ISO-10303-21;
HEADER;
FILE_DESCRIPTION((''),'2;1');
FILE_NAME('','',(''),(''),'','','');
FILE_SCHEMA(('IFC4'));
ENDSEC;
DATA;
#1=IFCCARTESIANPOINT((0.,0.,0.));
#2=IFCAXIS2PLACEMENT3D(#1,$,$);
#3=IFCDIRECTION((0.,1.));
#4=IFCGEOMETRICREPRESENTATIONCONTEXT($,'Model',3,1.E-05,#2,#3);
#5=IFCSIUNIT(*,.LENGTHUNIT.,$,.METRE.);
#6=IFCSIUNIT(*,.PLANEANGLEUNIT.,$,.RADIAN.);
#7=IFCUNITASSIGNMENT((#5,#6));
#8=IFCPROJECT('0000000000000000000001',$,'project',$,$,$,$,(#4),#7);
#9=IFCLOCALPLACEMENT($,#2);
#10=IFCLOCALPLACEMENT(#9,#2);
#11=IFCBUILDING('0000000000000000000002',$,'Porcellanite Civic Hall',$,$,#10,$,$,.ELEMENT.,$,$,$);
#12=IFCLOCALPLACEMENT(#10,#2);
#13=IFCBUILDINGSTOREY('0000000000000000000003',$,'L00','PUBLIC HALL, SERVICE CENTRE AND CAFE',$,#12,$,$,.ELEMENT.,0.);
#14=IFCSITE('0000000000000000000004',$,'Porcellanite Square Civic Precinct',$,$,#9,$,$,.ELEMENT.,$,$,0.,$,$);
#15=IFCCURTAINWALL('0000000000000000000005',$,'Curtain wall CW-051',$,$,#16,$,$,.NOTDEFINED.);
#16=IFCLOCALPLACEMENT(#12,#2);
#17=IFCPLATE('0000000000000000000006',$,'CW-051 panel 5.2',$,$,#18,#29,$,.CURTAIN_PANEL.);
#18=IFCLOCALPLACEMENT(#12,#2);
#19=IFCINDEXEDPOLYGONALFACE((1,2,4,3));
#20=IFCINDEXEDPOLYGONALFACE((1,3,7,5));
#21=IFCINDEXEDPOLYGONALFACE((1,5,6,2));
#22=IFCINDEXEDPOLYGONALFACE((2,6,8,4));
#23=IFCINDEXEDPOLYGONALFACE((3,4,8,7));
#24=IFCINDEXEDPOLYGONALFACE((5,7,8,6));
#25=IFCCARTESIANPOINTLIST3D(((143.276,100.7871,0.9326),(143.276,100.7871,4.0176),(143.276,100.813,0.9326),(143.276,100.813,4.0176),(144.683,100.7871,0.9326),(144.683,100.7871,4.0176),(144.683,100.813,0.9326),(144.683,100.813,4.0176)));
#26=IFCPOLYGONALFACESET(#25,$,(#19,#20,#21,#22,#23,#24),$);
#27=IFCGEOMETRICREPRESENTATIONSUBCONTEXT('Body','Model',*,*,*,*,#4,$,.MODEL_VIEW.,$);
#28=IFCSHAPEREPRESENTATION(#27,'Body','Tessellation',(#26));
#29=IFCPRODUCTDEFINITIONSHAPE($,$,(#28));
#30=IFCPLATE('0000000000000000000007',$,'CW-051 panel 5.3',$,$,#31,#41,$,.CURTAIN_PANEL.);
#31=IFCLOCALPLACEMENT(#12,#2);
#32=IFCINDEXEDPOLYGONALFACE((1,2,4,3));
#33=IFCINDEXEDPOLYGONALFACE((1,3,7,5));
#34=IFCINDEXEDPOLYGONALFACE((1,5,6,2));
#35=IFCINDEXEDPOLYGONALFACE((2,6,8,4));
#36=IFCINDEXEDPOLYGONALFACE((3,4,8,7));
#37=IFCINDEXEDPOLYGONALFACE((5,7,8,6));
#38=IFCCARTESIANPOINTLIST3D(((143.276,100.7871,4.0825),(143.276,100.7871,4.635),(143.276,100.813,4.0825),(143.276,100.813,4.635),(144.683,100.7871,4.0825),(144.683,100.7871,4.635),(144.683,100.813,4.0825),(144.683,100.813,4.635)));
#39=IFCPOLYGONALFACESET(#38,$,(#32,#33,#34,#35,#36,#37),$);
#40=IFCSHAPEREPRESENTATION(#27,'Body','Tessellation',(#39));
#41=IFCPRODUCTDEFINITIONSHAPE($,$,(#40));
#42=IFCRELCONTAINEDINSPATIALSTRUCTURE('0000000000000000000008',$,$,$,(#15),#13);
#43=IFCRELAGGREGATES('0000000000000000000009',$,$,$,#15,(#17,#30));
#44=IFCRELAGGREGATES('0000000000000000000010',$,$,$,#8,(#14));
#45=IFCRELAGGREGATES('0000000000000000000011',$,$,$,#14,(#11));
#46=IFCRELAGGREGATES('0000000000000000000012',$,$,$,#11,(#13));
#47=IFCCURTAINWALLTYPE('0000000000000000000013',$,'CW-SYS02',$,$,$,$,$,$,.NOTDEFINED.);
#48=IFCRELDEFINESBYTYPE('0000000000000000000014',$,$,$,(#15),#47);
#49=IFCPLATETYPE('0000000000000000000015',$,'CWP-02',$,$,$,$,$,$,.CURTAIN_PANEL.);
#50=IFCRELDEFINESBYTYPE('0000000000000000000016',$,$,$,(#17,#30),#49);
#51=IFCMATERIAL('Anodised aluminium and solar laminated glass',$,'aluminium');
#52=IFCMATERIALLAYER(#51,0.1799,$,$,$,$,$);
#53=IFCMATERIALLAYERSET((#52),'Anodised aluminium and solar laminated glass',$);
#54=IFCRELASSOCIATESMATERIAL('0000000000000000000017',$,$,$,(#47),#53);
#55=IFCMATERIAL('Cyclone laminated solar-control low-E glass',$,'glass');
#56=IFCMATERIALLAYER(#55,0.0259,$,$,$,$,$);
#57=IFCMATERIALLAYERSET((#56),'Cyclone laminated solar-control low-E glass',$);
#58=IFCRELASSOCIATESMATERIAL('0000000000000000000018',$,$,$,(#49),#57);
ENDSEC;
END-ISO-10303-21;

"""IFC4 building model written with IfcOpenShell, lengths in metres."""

from ifc_helpers import new_model, si_unit, direction, frame, origin, origin_2d, place, context, subcontext, project, spatial, rectangle, extrude, material, layer, layer_set, type_object, element, aggregate, save


model = new_model("IFC4")

# Units and contexts
model_context = context("Model", 3, precision=1e-05, world=origin(), true_north=direction((0.0, 1.0)))
body_context = subcontext(model_context, "Body", "Model", "MODEL_VIEW")
ifc_project = project(units=[si_unit("LENGTHUNIT", "METRE"), si_unit("PLANEANGLEUNIT", "RADIAN")], contexts=[model_context])

# Site, building, storey
site_placement = place(None, origin())
site = spatial("IfcSite", under=ifc_project, at=site_placement, Name="Porcellanite Square Civic Precinct", CompositionType="ELEMENT", RefElevation=0.0)
building_placement = place(site_placement, origin())
building = spatial("IfcBuilding", under=site, at=building_placement, Name="Porcellanite Civic Hall", CompositionType="ELEMENT")
storey_placement = place(building_placement, origin())
storey = spatial("IfcBuildingStorey", under=building, at=storey_placement, Name="L00", Description="PUBLIC HALL, SERVICE CENTRE AND CAFE", CompositionType="ELEMENT", Elevation=0.0)

# Curtain wall, plates
ifc_material_1 = material(Name="Anodised aluminium and solar laminated glass", Category="aluminium")
ifc_layer_1 = layer(ifc_material_1, 0.1799)
ifc_layer_set_1 = layer_set([ifc_layer_1], Name="Anodised aluminium and solar laminated glass")
curtain_wall_type = type_object("IfcCurtainWallType", Name="CW-SYS02", PredefinedType="NOTDEFINED", material=ifc_layer_set_1)
curtain_wall_placement = place(storey_placement, origin())
curtain_wall = element("IfcCurtainWall", 1, at=curtain_wall_placement, inside=storey, type_object=curtain_wall_type, Name="Curtain wall CW-051", PredefinedType="NOTDEFINED")
ifc_material_2 = material(Name="Cyclone laminated solar-control low-E glass", Category="glass")
ifc_layer_2 = layer(ifc_material_2, 0.0259)
ifc_layer_set_2 = layer_set([ifc_layer_2], Name="Cyclone laminated solar-control low-E glass")
plate_type = type_object("IfcPlateType", Name="CWP-02", PredefinedType="CURTAIN_PANEL", material=ifc_layer_set_2)
plate_1_placement = place(storey_placement, frame((143.9795, 100.8, 0.9326), z_axis=(0.0, 0.0, 1.0), x_axis=(-1.0, 0.0, 0.0)))
plate_1 = element("IfcPlate", 2, at=plate_1_placement, type_object=plate_type, Name="CW-051 panel 5.2", PredefinedType="CURTAIN_PANEL", context=body_context, shape_type="SweptSolid", body=[
    extrude(rectangle(XDim=1.407, YDim=0.0259, at=origin_2d()), origin(), (0.0, 0.0, 1.0), 3.085),
])
plate_2_placement = place(storey_placement, frame((143.9795, 100.8, 4.0825), z_axis=(0.0, 0.0, 1.0), x_axis=(-1.0, 0.0, 0.0)))
plate_2 = element("IfcPlate", 3, at=plate_2_placement, type_object=plate_type, Name="CW-051 panel 5.3", PredefinedType="CURTAIN_PANEL", context=body_context, shape_type="SweptSolid", body=[
    extrude(rectangle(XDim=1.407, YDim=0.0259, at=origin_2d()), origin(), (0.0, 0.0, 1.0), 0.5525),
])
aggregate(curtain_wall, [plate_1, plate_2])

save(model, "model.ifc")
